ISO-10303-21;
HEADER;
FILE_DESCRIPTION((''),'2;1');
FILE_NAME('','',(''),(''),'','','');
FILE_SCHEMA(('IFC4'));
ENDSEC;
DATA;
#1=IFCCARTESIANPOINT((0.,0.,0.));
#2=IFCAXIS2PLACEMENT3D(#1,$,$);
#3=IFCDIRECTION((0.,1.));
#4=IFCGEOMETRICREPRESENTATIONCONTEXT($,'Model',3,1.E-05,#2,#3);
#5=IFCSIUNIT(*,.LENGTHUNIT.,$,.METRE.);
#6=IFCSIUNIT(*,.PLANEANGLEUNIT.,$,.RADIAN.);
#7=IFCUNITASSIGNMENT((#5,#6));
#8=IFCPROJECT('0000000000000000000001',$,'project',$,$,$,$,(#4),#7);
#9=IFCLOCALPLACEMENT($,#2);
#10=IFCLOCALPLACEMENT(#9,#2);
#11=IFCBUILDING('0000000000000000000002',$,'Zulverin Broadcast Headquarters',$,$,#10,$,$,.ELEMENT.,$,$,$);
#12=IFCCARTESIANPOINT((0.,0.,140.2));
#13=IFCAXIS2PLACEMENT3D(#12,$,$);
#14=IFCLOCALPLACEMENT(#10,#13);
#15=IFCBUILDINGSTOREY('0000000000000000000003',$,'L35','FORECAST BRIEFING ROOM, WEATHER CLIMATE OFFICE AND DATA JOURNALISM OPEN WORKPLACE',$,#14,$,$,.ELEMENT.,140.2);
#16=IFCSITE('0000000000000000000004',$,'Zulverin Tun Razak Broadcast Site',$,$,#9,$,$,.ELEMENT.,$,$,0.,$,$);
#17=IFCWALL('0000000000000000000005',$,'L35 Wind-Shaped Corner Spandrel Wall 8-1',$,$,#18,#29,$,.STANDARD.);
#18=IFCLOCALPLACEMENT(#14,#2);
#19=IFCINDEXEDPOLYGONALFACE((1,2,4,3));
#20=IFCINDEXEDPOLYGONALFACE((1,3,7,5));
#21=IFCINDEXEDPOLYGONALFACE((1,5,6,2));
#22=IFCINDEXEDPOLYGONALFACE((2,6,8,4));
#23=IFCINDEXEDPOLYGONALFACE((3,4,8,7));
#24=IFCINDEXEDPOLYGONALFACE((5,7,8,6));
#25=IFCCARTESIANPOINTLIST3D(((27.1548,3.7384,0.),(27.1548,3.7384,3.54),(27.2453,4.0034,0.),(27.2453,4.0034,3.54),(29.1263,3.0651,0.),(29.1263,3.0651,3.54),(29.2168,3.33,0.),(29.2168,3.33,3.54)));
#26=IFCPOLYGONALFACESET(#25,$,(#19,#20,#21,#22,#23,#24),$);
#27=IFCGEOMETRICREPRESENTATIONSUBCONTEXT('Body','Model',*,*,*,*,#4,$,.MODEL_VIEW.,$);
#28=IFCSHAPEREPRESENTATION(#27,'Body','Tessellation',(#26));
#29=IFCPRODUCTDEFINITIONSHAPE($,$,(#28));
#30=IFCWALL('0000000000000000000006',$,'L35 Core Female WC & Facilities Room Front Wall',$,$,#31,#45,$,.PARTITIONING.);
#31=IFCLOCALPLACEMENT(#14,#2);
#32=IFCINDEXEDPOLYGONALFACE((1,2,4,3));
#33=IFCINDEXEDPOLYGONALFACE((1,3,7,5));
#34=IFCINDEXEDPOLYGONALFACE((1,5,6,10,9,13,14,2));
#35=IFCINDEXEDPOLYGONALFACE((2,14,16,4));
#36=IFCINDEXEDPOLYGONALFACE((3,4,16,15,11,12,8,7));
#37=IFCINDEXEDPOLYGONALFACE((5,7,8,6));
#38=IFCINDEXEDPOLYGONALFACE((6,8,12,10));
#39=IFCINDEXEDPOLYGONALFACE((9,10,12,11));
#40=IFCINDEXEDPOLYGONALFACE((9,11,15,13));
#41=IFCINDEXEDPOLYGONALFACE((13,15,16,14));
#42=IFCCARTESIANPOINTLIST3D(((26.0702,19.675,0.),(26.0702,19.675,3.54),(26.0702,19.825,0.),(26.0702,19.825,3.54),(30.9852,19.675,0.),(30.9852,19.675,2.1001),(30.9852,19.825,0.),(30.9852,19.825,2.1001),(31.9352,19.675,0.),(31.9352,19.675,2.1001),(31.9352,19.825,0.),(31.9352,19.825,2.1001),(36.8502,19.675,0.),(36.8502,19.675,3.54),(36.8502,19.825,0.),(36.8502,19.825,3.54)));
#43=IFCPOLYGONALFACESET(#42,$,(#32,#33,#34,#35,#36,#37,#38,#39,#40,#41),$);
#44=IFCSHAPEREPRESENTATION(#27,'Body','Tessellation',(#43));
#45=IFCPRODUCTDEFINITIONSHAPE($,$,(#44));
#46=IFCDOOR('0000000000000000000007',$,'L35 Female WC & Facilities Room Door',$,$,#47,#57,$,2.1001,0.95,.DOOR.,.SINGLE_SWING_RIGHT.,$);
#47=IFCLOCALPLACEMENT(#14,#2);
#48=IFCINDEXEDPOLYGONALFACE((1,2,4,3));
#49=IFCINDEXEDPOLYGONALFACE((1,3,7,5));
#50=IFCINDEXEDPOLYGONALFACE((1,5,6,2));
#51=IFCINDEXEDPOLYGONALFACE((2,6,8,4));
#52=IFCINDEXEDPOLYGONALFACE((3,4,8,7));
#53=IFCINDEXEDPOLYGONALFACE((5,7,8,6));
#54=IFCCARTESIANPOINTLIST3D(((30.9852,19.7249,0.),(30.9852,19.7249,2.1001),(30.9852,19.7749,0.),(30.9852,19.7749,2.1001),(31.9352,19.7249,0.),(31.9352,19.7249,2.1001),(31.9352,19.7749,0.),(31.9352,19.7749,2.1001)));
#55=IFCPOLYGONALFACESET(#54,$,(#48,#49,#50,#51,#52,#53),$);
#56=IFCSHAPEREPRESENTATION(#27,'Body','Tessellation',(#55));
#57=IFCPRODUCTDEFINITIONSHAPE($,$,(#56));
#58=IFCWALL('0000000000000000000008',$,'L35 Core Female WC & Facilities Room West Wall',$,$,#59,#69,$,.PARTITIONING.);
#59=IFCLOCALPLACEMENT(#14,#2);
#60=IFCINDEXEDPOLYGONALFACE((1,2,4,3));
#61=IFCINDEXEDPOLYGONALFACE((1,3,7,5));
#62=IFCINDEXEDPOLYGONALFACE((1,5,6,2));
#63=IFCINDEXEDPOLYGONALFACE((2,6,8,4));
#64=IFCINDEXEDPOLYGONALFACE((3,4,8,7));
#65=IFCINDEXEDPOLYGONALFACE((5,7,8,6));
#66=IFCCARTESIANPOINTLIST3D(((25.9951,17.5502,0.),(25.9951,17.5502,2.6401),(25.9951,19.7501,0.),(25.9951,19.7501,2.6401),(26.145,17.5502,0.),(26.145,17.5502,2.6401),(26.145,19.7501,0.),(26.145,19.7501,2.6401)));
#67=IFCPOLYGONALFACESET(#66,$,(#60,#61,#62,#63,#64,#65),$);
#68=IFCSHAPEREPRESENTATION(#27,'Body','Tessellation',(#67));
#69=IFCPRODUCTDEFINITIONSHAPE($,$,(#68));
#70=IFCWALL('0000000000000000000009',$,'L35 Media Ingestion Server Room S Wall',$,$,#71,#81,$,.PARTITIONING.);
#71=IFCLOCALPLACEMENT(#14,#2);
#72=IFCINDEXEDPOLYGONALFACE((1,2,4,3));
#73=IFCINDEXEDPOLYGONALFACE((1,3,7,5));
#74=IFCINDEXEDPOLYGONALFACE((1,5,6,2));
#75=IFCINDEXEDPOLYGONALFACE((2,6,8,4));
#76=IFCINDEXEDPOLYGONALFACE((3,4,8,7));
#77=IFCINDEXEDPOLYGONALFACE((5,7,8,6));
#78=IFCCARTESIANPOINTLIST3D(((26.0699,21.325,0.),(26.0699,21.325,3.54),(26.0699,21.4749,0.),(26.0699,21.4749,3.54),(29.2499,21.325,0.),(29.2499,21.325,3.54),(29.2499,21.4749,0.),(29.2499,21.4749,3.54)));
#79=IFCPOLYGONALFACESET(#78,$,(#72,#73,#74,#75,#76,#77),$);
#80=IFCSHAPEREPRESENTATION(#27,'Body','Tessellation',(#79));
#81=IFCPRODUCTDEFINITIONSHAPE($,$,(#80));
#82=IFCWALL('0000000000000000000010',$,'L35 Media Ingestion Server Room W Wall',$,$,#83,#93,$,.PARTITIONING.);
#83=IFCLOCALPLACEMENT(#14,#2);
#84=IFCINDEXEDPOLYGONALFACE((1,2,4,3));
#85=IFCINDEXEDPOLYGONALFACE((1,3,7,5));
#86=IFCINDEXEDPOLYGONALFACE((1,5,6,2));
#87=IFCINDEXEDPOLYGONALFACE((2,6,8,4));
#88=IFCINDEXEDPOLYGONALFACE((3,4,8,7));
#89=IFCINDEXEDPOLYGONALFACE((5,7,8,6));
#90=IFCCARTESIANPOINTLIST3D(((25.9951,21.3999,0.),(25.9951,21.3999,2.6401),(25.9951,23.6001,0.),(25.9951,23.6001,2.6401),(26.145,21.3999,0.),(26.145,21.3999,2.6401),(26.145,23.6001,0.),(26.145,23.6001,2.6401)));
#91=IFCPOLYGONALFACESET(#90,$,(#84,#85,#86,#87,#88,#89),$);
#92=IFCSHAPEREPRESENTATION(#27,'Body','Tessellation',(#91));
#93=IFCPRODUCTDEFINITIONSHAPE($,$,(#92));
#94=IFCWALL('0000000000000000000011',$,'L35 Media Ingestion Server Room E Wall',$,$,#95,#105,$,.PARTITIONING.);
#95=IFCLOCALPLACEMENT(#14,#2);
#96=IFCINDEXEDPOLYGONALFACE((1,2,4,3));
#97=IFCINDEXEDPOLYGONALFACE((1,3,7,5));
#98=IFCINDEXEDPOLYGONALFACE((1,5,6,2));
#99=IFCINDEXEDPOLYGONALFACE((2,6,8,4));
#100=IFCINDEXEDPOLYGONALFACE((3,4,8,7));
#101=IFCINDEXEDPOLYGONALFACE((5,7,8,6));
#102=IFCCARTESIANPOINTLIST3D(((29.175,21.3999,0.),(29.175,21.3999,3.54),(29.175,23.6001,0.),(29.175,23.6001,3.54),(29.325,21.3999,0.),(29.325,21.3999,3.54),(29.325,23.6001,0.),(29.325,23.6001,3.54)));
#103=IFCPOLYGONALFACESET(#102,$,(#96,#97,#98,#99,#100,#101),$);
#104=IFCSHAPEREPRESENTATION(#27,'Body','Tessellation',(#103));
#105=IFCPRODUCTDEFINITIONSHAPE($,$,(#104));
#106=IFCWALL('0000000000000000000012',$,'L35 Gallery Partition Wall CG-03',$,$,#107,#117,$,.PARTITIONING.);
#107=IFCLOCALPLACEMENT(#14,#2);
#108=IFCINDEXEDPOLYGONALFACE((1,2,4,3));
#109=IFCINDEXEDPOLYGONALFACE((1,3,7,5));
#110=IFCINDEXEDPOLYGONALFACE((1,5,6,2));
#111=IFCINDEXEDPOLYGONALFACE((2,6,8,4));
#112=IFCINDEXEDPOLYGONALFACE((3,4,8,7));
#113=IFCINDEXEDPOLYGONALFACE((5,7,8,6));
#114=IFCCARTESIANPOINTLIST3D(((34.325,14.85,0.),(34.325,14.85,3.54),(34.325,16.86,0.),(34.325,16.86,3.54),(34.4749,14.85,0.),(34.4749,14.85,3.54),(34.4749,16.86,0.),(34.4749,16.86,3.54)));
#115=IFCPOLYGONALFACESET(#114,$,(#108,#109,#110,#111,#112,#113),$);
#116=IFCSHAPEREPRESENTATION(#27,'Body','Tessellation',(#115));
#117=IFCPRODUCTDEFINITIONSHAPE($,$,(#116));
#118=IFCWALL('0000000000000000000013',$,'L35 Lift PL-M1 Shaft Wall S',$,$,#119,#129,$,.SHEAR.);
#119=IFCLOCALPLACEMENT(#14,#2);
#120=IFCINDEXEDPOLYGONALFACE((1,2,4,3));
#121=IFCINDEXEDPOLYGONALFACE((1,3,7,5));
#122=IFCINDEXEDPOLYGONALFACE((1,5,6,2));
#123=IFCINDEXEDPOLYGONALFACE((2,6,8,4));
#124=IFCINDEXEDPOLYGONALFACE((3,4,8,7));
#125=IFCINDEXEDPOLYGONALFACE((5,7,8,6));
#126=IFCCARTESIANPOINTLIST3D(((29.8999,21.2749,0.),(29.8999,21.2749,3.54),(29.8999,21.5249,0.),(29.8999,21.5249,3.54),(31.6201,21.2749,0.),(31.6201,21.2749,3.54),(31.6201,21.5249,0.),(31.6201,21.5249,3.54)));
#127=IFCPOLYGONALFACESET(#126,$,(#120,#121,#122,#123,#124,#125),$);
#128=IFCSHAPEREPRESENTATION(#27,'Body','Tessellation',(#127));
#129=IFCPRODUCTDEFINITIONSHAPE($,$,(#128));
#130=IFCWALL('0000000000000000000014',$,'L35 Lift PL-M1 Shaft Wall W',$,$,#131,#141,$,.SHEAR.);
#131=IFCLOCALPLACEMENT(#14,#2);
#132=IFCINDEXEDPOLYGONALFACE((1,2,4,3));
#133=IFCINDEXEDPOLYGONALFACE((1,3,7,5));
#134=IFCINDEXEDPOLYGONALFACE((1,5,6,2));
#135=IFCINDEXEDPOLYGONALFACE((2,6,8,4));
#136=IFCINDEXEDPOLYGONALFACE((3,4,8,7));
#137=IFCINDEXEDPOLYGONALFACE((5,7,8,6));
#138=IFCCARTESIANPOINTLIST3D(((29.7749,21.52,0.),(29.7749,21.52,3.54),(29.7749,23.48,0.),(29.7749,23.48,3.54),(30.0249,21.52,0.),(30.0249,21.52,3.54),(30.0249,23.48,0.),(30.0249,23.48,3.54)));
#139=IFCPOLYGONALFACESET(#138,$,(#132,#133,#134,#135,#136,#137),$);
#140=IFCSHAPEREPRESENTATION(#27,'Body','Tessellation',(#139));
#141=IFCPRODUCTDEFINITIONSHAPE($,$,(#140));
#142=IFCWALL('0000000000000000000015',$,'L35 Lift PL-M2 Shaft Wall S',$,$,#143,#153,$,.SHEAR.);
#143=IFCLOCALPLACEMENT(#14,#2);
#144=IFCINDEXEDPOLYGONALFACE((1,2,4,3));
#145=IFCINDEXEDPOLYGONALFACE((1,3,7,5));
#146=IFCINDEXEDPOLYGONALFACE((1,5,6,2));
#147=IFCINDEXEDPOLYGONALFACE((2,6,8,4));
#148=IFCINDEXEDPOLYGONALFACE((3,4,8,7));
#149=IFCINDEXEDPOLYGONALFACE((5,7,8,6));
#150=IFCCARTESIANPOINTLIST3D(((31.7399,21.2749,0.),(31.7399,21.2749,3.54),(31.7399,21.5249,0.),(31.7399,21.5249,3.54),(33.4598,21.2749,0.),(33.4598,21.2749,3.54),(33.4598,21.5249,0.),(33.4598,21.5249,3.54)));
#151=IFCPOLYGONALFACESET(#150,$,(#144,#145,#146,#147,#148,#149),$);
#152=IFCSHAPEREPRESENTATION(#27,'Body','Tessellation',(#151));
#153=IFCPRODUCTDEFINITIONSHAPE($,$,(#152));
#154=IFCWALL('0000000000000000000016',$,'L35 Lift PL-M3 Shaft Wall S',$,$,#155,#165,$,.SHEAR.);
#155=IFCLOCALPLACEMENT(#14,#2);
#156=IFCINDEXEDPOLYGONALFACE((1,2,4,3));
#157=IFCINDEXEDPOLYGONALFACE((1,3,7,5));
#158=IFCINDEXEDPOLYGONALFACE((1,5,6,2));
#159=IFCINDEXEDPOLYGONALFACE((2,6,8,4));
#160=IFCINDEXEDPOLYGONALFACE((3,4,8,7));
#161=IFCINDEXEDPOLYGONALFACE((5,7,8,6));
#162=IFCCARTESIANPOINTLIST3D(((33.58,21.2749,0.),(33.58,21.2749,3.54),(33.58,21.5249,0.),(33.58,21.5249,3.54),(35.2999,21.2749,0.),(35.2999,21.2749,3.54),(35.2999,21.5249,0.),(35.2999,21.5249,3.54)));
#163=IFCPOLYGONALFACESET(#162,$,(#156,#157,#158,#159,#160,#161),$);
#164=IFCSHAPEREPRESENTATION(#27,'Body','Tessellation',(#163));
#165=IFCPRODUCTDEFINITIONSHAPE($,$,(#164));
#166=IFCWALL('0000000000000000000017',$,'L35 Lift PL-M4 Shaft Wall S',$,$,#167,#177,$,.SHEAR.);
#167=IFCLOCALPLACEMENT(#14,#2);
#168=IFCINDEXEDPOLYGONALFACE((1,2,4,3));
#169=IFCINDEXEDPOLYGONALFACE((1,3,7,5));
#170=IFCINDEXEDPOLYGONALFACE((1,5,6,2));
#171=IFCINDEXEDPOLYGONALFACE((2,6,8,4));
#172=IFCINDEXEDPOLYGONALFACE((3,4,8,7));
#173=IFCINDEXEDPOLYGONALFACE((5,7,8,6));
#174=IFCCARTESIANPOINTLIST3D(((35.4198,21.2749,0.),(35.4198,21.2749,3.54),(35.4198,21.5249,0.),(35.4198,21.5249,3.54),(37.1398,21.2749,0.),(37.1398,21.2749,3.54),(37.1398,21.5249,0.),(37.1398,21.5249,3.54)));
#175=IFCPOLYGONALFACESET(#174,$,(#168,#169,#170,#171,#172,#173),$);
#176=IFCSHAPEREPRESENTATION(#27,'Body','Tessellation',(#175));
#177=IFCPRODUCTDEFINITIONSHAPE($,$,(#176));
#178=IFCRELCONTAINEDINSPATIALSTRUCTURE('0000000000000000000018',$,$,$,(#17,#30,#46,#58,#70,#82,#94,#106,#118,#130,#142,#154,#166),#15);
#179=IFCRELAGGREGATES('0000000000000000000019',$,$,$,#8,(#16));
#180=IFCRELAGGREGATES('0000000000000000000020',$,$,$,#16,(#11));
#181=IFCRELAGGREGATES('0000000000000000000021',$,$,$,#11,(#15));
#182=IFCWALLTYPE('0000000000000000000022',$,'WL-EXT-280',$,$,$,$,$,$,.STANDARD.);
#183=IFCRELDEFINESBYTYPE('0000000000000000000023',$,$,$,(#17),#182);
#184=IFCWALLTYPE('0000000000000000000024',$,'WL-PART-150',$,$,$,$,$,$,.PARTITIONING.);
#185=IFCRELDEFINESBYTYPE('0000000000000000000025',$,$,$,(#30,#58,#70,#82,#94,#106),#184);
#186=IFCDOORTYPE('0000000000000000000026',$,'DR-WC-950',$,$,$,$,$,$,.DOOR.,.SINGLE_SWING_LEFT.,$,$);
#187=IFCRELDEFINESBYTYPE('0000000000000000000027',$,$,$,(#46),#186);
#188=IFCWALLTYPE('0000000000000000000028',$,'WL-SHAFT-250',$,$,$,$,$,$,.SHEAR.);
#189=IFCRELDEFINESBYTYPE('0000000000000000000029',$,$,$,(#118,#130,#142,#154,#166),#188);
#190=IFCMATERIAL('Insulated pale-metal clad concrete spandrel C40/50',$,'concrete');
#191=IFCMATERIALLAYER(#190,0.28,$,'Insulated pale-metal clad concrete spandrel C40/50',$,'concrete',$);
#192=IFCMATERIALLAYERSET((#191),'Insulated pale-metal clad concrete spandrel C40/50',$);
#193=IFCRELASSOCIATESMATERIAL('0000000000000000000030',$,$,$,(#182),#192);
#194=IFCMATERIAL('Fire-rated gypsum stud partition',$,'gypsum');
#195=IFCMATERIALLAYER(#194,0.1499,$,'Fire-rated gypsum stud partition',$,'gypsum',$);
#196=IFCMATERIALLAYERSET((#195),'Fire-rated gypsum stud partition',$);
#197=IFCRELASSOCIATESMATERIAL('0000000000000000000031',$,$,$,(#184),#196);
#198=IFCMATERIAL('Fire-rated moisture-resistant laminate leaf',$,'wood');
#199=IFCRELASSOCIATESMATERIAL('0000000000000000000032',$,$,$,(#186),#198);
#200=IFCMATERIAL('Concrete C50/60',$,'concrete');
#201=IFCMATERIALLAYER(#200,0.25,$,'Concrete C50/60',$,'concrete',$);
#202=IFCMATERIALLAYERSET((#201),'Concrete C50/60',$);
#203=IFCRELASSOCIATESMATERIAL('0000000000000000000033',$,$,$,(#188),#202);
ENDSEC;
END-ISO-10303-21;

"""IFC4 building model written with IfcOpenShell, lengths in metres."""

from ifc_helpers import new_model, si_unit, direction, frame, frame_2d, origin, place, context, subcontext, project, spatial, rectangle, extrude, material, layer, layer_set, type_object, element, fill, save


model = new_model("IFC4")

# Units and contexts
model_context = context("Model", 3, precision=1e-05, world=origin(), true_north=direction((0.0, 1.0)))
body_context = subcontext(model_context, "Body", "Model", "MODEL_VIEW")
ifc_project = project(units=[si_unit("LENGTHUNIT", "METRE"), si_unit("PLANEANGLEUNIT", "RADIAN")], contexts=[model_context])

# Site, building, storey
site_placement = place(None, origin())
site = spatial("IfcSite", under=ifc_project, at=site_placement, Name="Zulverin Tun Razak Broadcast Site", CompositionType="ELEMENT", RefElevation=0.0)
building_placement = place(site_placement, origin())
building = spatial("IfcBuilding", under=site, at=building_placement, Name="Zulverin Broadcast Headquarters", CompositionType="ELEMENT")
storey_placement = place(building_placement, frame((0.0, 0.0, 140.2)))
storey = spatial("IfcBuildingStorey", under=building, at=storey_placement, Name="L35", Description="FORECAST BRIEFING ROOM, WEATHER CLIMATE OFFICE AND DATA JOURNALISM OPEN WORKPLACE", CompositionType="ELEMENT", Elevation=140.2)

# Wall
ifc_material_1 = material(Name="Insulated pale-metal clad concrete spandrel C40/50", Category="concrete")
ifc_layer_1 = layer(ifc_material_1, 0.28, Name="Insulated pale-metal clad concrete spandrel C40/50", Category="concrete")
ifc_layer_set_1 = layer_set([ifc_layer_1], Name="Insulated pale-metal clad concrete spandrel C40/50")
wall_type_1 = type_object("IfcWallType", Name="WL-EXT-280", PredefinedType="STANDARD", material=ifc_layer_set_1)
wall_1_placement = place(storey_placement, frame((27.2002, 3.8708, 0.0), z_axis=(0.0, 0.0, 1.0), x_axis=(0.946325, -0.323216, 0.0)))
element("IfcWall", 1, at=wall_1_placement, inside=storey, type_object=wall_type_1, Name="L35 Wind-Shaped Corner Spandrel Wall 8-1", PredefinedType="STANDARD", context=body_context, shape_type="SweptSolid", body=[
    extrude(rectangle(XDim=2.0833, YDim=0.28, at=frame_2d((1.0415, 0.0))), origin(), (0.0, 0.0, 1.0), 3.54),
])

# Wall, opening, door
ifc_material_2 = material(Name="Fire-rated gypsum stud partition", Category="gypsum")
ifc_layer_2 = layer(ifc_material_2, 0.1499, Name="Fire-rated gypsum stud partition", Category="gypsum")
ifc_layer_set_2 = layer_set([ifc_layer_2], Name="Fire-rated gypsum stud partition")
wall_type_2 = type_object("IfcWallType", Name="WL-PART-150", PredefinedType="PARTITIONING", material=ifc_layer_set_2)
wall_2_placement = place(storey_placement, frame((26.0701, 19.75, 0.0), z_axis=(0.0, 0.0, 1.0), x_axis=(1.0, 0.0, 0.0)))
wall_2 = element("IfcWall", 2, at=wall_2_placement, inside=storey, type_object=wall_type_2, Name="L35 Core Female WC & Facilities Room Front Wall", PredefinedType="PARTITIONING", context=body_context, shape_type="SweptSolid", body=[
    extrude(rectangle(XDim=10.78, YDim=0.1499, at=frame_2d((5.3901, 0.0))), origin(), (0.0, 0.0, 1.0), 3.54),
])
opening_placement = place(wall_2_placement, frame((4.915, 0.0, 0.0)))
opening = element("IfcOpeningElement", 3, at=opening_placement, cuts=wall_2, PredefinedType="OPENING", context=body_context, shape_type="SweptSolid", body=[
    extrude(rectangle(XDim=0.95, YDim=2.1001, at=frame_2d((0.4751, 1.05))), frame((0.0, 0.085, 0.0), z_axis=(0.0, -1.0, 0.0), x_axis=(1.0, 0.0, 0.0)), (0.0, 0.0, 1.0), 0.1699),
])
ifc_material_3 = material(Name="Fire-rated moisture-resistant laminate leaf", Category="wood")
door_type = type_object("IfcDoorType", Name="DR-WC-950", OperationType="SINGLE_SWING_LEFT", PredefinedType="DOOR", material=ifc_material_3)
door_placement = place(opening_placement, origin())
door = element("IfcDoor", 4, at=door_placement, inside=storey, type_object=door_type, Name="L35 Female WC & Facilities Room Door", OperationType="SINGLE_SWING_RIGHT", OverallHeight=2.1001, OverallWidth=0.95, PredefinedType="DOOR", context=body_context, shape_type="SweptSolid", body=[
    extrude(rectangle(XDim=0.95, YDim=2.1001, at=frame_2d((0.4751, 1.05))), frame((0.0, 0.0249, 0.0), z_axis=(0.0, -1.0, 0.0), x_axis=(1.0, 0.0, 0.0)), (0.0, 0.0, 1.0), 0.05),
])
fill(opening, door)

# Walls
wall_3_placement = place(storey_placement, frame((26.0701, 17.55, 0.0), z_axis=(0.0, 0.0, 1.0), x_axis=(0.0, 1.0, 0.0)))
element("IfcWall", 5, at=wall_3_placement, inside=storey, type_object=wall_type_2, Name="L35 Core Female WC & Facilities Room West Wall", PredefinedType="PARTITIONING", context=body_context, shape_type="SweptSolid", body=[
    extrude(rectangle(XDim=2.2, YDim=0.1499, at=frame_2d((1.1001, 0.0))), origin(), (0.0, 0.0, 1.0), 2.6401),
])
wall_4_placement = place(storey_placement, frame((26.0701, 21.3999, 0.0), z_axis=(0.0, 0.0, 1.0), x_axis=(1.0, 0.0, 0.0)))
element("IfcWall", 6, at=wall_4_placement, inside=storey, type_object=wall_type_2, Name="L35 Media Ingestion Server Room S Wall", PredefinedType="PARTITIONING", context=body_context, shape_type="SweptSolid", body=[
    extrude(rectangle(XDim=3.1799, YDim=0.1499, at=frame_2d((1.5898, 0.0))), origin(), (0.0, 0.0, 1.0), 3.54),
])
wall_5_placement = place(storey_placement, frame((26.0701, 21.3999, 0.0), z_axis=(0.0, 0.0, 1.0), x_axis=(0.0, 1.0, 0.0)))
element("IfcWall", 7, at=wall_5_placement, inside=storey, type_object=wall_type_2, Name="L35 Media Ingestion Server Room W Wall", PredefinedType="PARTITIONING", context=body_context, shape_type="SweptSolid", body=[
    extrude(rectangle(XDim=2.2002, YDim=0.1499, at=frame_2d((1.1001, 0.0))), origin(), (0.0, 0.0, 1.0), 2.6401),
])
wall_6_placement = place(storey_placement, frame((29.25, 21.3999, 0.0), z_axis=(0.0, 0.0, 1.0), x_axis=(0.0, 1.0, 0.0)))
element("IfcWall", 8, at=wall_6_placement, inside=storey, type_object=wall_type_2, Name="L35 Media Ingestion Server Room E Wall", PredefinedType="PARTITIONING", context=body_context, shape_type="SweptSolid", body=[
    extrude(rectangle(XDim=2.2002, YDim=0.1499, at=frame_2d((1.1001, 0.0))), origin(), (0.0, 0.0, 1.0), 3.54),
])
wall_7_placement = place(storey_placement, frame((34.3999, 14.8501, 0.0), z_axis=(0.0, 0.0, 1.0), x_axis=(0.0, 1.0, 0.0)))
element("IfcWall", 9, at=wall_7_placement, inside=storey, type_object=wall_type_2, Name="L35 Gallery Partition Wall CG-03", PredefinedType="PARTITIONING", context=body_context, shape_type="SweptSolid", body=[
    extrude(rectangle(XDim=2.01, YDim=0.1499, at=frame_2d((1.0049, 0.0))), origin(), (0.0, 0.0, 1.0), 3.54),
])
ifc_material_4 = material(Name="Concrete C50/60", Category="concrete")
ifc_layer_3 = layer(ifc_material_4, 0.25, Name="Concrete C50/60", Category="concrete")
ifc_layer_set_3 = layer_set([ifc_layer_3], Name="Concrete C50/60")
wall_type_3 = type_object("IfcWallType", Name="WL-SHAFT-250", PredefinedType="SHEAR", material=ifc_layer_set_3)
wall_8_placement = place(storey_placement, frame((29.8999, 21.3999, 0.0), z_axis=(0.0, 0.0, 1.0), x_axis=(1.0, 0.0, 0.0)))
element("IfcWall", 10, at=wall_8_placement, inside=storey, type_object=wall_type_3, Name="L35 Lift PL-M1 Shaft Wall S", PredefinedType="SHEAR", context=body_context, shape_type="SweptSolid", body=[
    extrude(rectangle(XDim=1.7202, YDim=0.25, at=frame_2d((0.8601, 0.0))), origin(), (0.0, 0.0, 1.0), 3.54),
])
wall_9_placement = place(storey_placement, frame((29.8999, 21.52, 0.0), z_axis=(0.0, 0.0, 1.0), x_axis=(0.0, 1.0, 0.0)))
element("IfcWall", 11, at=wall_9_placement, inside=storey, type_object=wall_type_3, Name="L35 Lift PL-M1 Shaft Wall W", PredefinedType="SHEAR", context=body_context, shape_type="SweptSolid", body=[
    extrude(rectangle(XDim=1.96, YDim=0.25, at=frame_2d((0.98, 0.0))), origin(), (0.0, 0.0, 1.0), 3.54),
])
for number, where, z_axis, x_axis, name in (
    (12, (31.74, 21.3999, 0.0), (0.0, 0.0, 1.0), (1.0, 0.0, 0.0), "L35 Lift PL-M2 Shaft Wall S"),
    (13, (33.5801, 21.3999, 0.0), (0.0, 0.0, 1.0), (1.0, 0.0, 0.0), "L35 Lift PL-M3 Shaft Wall S"),
    (14, (35.4199, 21.3999, 0.0), (0.0, 0.0, 1.0), (1.0, 0.0, 0.0), "L35 Lift PL-M4 Shaft Wall S"),
):
    element("IfcWall", number, at=place(storey_placement, frame(where, z_axis=z_axis, x_axis=x_axis)), inside=storey, type_object=wall_type_3, Name=name, PredefinedType="SHEAR", context=body_context, shape_type="SweptSolid", body=[
        extrude(rectangle(XDim=1.72, YDim=0.25, at=frame_2d((0.8599, 0.0))), origin(), (0.0, 0.0, 1.0), 3.54),
    ])

save(model, "model.ifc")
